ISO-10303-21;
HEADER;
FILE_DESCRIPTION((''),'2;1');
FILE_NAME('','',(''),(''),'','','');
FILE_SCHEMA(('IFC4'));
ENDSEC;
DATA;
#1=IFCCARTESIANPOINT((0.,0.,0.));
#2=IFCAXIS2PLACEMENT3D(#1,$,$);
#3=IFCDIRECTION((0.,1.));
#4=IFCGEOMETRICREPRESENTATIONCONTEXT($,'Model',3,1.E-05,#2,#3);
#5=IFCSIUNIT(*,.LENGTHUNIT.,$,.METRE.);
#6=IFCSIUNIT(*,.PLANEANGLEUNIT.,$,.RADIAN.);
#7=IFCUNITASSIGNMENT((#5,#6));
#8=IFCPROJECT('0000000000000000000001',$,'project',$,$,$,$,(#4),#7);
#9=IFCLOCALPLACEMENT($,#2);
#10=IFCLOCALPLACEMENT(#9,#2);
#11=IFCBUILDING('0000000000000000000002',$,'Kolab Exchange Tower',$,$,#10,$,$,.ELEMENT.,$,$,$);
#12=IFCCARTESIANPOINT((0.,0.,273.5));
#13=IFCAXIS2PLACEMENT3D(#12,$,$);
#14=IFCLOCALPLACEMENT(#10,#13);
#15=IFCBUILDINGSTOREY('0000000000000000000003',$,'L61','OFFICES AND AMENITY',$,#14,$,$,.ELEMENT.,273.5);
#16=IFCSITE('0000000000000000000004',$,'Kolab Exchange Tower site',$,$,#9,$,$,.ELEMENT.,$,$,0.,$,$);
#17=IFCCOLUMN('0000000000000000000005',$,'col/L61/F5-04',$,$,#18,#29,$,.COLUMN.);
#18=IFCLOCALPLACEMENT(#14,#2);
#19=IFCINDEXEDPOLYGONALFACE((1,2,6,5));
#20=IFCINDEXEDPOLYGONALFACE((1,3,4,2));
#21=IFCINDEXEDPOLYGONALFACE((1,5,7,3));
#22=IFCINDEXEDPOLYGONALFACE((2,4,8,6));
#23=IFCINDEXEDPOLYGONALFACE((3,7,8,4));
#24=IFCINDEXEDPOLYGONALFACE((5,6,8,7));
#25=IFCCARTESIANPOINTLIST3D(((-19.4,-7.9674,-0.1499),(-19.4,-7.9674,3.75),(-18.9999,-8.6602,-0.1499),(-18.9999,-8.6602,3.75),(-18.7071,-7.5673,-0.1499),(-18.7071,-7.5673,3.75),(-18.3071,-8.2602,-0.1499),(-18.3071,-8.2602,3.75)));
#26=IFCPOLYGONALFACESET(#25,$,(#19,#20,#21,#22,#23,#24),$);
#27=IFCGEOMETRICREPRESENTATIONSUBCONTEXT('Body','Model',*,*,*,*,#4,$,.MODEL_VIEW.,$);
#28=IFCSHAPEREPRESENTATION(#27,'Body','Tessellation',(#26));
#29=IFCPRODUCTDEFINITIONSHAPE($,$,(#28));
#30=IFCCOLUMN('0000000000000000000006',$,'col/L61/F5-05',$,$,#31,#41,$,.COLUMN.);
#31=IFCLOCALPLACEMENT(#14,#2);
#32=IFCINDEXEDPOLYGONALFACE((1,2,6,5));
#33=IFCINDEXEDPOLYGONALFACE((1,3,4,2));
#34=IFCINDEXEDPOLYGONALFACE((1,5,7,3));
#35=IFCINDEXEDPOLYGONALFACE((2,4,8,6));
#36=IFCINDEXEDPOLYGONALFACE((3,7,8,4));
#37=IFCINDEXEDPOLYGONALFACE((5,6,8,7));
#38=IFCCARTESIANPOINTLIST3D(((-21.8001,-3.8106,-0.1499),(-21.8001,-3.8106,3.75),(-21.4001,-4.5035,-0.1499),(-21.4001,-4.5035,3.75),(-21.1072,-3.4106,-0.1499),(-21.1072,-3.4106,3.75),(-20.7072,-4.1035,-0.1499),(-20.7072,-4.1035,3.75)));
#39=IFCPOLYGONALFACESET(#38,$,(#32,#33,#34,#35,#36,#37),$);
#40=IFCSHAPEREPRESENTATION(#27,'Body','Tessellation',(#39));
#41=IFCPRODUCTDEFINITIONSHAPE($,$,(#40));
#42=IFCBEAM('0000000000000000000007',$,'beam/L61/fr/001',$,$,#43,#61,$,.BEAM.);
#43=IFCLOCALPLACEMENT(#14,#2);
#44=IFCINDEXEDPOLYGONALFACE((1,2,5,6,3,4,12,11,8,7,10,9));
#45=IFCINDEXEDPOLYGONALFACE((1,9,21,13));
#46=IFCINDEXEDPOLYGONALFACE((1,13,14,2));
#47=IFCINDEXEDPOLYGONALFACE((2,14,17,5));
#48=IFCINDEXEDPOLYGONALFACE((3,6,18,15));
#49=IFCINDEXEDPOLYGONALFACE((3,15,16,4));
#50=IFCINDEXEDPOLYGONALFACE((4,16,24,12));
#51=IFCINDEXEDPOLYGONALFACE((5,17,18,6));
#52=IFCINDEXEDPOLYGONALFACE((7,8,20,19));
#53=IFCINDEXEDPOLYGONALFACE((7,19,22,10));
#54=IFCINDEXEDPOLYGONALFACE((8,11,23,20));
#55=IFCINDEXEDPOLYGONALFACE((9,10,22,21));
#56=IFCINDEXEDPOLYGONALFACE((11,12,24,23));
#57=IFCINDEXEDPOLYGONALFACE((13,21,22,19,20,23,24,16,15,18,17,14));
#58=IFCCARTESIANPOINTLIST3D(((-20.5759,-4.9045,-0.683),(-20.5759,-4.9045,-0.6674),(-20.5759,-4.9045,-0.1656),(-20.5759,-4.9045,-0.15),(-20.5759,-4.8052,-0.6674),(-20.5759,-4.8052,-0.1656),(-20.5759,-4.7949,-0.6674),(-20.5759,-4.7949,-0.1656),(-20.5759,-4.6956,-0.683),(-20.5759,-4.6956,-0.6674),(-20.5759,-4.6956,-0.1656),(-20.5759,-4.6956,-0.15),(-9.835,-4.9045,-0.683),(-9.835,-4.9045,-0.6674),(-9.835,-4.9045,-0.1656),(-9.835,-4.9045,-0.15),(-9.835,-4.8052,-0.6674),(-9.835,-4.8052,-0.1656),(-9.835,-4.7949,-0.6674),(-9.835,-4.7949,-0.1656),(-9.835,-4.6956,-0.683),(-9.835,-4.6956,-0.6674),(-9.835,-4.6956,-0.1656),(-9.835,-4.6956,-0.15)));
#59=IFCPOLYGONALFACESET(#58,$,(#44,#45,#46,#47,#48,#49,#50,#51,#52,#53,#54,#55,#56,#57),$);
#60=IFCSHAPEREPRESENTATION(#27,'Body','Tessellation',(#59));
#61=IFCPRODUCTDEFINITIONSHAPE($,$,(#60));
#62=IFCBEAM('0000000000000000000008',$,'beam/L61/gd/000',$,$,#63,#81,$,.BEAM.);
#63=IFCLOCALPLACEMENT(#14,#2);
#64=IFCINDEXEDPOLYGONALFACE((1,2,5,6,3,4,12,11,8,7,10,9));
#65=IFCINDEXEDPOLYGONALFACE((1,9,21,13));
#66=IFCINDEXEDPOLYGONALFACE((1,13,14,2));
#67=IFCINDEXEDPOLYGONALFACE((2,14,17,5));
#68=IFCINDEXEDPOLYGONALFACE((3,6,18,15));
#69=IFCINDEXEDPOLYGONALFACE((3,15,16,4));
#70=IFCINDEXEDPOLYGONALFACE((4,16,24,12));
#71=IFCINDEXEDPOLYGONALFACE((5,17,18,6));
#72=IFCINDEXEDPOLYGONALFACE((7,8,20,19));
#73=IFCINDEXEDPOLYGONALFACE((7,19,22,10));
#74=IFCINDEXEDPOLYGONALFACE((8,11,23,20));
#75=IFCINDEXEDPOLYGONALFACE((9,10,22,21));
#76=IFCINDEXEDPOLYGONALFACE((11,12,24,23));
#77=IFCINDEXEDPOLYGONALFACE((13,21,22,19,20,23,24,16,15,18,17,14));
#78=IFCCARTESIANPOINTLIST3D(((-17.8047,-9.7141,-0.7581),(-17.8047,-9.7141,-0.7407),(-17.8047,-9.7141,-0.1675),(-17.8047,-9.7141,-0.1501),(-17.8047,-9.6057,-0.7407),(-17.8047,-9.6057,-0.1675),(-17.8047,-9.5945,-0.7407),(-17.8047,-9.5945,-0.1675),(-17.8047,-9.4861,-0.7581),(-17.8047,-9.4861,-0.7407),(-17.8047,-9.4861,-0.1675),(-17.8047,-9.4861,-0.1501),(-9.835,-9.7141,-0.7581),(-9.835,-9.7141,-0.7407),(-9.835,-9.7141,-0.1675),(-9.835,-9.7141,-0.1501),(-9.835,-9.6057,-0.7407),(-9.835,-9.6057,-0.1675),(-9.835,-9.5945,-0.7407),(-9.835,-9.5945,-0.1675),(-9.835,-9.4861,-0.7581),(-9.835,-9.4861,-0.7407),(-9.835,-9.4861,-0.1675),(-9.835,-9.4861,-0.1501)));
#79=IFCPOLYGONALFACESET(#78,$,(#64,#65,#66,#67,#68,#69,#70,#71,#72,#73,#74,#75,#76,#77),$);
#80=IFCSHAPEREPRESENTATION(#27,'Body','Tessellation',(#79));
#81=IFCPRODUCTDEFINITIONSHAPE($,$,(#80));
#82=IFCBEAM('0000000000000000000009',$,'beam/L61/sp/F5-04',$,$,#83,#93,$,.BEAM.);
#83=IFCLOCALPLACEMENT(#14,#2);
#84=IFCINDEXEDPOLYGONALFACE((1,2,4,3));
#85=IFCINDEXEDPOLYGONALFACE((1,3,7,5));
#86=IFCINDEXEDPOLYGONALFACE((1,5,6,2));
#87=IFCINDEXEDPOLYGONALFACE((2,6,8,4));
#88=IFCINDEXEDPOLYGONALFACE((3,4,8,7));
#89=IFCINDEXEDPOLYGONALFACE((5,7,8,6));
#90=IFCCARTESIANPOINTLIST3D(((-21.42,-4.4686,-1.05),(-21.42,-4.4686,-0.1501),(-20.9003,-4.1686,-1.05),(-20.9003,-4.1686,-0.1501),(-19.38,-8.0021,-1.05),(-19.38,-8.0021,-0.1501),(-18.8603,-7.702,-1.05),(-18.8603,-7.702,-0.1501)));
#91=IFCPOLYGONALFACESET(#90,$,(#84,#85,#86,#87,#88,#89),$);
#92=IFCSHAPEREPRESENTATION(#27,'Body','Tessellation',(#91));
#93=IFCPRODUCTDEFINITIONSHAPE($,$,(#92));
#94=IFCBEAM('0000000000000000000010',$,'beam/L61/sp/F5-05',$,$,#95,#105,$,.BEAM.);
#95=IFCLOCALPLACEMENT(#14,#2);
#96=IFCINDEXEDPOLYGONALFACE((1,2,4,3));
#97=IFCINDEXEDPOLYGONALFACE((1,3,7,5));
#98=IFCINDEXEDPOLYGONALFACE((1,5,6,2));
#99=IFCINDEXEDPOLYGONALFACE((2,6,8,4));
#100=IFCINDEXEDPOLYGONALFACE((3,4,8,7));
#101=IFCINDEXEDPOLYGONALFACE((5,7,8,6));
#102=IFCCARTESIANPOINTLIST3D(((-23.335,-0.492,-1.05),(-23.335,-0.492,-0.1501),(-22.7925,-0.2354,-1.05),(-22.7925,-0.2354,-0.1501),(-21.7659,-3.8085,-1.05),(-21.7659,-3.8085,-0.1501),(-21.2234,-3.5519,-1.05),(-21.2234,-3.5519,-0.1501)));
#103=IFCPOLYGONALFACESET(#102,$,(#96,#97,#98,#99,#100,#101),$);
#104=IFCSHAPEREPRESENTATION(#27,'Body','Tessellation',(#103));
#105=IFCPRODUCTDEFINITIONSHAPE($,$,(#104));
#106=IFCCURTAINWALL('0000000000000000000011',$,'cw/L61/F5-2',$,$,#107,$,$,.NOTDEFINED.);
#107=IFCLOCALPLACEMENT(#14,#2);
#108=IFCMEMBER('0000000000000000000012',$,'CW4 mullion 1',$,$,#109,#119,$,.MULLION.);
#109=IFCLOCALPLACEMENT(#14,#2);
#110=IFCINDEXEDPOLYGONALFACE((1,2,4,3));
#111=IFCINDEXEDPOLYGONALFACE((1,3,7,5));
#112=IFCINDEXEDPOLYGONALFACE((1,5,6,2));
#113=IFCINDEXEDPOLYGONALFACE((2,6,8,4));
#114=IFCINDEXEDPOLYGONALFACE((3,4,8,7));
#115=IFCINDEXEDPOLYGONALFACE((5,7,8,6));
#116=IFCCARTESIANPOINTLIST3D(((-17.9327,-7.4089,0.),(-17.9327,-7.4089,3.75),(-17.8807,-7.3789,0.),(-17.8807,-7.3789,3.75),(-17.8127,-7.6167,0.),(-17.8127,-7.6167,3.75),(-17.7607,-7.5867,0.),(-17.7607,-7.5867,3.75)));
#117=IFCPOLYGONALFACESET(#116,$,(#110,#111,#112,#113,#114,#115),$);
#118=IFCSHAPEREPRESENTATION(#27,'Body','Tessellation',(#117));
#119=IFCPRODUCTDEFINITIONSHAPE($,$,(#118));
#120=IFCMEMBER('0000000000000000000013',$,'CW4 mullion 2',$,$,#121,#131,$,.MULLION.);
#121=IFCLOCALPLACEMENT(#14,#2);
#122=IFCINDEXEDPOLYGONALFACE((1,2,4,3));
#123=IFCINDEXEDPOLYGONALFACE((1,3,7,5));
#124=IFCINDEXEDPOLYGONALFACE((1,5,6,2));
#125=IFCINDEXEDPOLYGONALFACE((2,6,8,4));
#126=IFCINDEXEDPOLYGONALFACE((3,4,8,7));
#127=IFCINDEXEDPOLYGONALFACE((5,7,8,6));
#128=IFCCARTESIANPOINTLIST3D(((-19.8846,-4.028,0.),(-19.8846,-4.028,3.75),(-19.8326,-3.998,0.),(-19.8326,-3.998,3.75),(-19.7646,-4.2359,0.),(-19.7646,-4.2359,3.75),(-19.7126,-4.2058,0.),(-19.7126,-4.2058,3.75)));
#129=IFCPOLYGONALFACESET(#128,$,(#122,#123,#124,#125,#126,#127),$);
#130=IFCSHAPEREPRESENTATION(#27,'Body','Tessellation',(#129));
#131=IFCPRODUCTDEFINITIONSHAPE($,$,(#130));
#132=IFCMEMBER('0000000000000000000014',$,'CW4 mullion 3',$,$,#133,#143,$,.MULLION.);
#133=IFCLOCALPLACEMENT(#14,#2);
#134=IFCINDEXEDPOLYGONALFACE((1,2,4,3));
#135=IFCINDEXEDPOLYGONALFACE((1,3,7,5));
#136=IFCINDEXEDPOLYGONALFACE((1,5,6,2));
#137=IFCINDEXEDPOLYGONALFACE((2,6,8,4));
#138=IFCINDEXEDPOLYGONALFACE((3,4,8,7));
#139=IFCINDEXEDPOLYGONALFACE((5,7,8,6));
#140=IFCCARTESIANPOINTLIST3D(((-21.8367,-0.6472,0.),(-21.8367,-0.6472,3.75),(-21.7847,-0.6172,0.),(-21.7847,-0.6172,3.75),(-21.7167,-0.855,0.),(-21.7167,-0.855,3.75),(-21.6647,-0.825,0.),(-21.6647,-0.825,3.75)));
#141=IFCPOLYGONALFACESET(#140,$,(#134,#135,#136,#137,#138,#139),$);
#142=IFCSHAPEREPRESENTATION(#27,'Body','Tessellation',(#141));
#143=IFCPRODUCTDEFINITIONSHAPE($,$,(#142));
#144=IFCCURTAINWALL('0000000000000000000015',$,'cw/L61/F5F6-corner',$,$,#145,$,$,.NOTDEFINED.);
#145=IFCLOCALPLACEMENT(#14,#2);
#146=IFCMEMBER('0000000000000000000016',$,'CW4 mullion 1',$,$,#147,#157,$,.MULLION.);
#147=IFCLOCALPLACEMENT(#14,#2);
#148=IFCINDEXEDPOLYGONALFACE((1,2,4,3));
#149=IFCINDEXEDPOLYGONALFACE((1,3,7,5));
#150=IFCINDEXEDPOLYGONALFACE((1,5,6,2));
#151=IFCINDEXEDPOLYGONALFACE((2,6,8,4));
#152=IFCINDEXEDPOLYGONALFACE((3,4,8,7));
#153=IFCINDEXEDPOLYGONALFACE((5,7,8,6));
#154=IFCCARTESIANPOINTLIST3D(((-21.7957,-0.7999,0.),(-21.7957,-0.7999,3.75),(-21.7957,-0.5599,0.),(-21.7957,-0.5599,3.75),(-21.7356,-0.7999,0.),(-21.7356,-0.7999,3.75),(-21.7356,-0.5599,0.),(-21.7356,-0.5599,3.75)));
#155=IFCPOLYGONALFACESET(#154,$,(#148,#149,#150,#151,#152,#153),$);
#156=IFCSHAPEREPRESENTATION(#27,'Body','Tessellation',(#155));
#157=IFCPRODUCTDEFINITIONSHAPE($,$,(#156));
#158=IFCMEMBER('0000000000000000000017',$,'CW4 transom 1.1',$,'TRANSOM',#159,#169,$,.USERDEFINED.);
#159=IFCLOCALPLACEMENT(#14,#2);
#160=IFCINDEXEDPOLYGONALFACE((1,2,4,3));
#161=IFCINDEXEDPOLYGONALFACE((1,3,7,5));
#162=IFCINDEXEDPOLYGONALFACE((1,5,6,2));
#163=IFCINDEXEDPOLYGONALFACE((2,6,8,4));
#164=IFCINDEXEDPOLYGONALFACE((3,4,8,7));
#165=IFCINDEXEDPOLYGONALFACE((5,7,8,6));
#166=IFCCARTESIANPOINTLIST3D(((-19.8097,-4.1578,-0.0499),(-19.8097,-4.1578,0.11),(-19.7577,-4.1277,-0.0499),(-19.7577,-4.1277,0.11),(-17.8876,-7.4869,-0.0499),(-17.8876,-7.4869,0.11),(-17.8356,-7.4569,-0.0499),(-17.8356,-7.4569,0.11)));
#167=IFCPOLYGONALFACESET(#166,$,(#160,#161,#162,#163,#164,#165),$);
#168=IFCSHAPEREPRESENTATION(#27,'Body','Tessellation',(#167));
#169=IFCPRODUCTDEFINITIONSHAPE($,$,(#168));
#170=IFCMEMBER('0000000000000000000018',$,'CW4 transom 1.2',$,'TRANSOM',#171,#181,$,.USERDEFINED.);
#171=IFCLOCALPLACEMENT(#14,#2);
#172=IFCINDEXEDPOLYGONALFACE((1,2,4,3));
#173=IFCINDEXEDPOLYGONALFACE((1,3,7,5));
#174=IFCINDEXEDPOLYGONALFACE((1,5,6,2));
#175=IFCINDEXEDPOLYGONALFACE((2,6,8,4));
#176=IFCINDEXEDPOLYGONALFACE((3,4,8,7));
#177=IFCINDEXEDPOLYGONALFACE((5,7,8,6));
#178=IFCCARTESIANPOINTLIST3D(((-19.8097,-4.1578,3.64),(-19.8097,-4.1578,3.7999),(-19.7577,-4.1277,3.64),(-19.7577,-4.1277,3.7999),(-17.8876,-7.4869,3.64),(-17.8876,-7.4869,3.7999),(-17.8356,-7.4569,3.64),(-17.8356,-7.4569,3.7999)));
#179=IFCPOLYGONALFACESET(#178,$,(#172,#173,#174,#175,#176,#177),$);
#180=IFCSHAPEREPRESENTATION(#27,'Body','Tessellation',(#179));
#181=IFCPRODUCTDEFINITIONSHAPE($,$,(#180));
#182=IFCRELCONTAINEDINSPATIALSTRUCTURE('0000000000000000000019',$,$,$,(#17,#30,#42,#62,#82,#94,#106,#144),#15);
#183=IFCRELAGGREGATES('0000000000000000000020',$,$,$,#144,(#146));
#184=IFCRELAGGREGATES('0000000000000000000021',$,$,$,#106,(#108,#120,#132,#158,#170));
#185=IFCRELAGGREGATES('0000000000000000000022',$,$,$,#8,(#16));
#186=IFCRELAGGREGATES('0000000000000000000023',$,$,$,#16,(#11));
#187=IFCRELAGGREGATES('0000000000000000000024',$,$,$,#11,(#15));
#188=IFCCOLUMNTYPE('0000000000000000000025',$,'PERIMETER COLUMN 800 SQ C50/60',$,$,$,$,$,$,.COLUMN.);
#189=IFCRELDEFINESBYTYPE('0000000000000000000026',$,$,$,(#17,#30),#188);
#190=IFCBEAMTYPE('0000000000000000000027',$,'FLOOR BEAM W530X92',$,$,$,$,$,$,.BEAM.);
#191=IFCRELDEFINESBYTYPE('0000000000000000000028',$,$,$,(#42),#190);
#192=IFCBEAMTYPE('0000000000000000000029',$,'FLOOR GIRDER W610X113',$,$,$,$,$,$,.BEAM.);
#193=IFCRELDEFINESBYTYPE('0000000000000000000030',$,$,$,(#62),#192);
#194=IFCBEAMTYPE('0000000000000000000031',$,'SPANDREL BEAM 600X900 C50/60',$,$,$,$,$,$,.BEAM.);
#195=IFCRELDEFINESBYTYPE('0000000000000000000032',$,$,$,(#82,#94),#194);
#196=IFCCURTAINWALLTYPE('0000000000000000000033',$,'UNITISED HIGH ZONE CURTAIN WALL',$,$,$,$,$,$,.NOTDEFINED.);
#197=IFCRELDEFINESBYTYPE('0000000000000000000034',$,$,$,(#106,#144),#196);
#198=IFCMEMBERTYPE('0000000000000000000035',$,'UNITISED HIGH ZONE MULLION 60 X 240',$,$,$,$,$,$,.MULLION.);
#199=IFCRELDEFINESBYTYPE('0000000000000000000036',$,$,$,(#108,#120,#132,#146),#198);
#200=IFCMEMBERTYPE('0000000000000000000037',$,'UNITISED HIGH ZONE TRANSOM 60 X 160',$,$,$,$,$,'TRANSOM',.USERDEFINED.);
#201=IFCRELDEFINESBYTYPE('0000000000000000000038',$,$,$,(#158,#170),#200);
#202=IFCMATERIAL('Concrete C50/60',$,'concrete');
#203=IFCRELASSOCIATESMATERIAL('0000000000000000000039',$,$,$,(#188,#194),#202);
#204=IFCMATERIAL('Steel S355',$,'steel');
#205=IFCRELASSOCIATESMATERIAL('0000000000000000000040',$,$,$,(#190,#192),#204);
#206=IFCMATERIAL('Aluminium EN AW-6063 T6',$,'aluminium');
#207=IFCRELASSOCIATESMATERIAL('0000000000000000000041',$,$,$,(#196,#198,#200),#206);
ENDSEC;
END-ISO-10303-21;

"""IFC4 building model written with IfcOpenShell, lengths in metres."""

from ifc_helpers import new_model, si_unit, direction, frame, origin, origin_2d, place, context, subcontext, project, spatial, rectangle, i_section, extrude, material, material_profile, profile_set, type_object, element, aggregate, save


model = new_model("IFC4")

# Units and contexts
model_context = context("Model", 3, precision=1e-05, world=origin(), true_north=direction((0.0, 1.0)))
body_context = subcontext(model_context, "Body", "Model", "MODEL_VIEW")
ifc_project = project(units=[si_unit("LENGTHUNIT", "METRE"), si_unit("PLANEANGLEUNIT", "RADIAN")], contexts=[model_context])

# Site, building, storey
site_placement = place(None, origin())
site = spatial("IfcSite", under=ifc_project, at=site_placement, Name="Kolab Exchange Tower site", CompositionType="ELEMENT", RefElevation=0.0)
building_placement = place(site_placement, origin())
building = spatial("IfcBuilding", under=site, at=building_placement, Name="Kolab Exchange Tower", CompositionType="ELEMENT")
storey_placement = place(building_placement, frame((0.0, 0.0, 273.5)))
storey = spatial("IfcBuildingStorey", under=building, at=storey_placement, Name="L61", Description="OFFICES AND AMENITY", CompositionType="ELEMENT", Elevation=273.5)

# Columns
ifc_material_1 = material(Name="Concrete C50/60", Category="concrete")
ifc_material_profile_1 = material_profile(ifc_material_1, rectangle(XDim=0.8, YDim=0.8, at=origin_2d()), Name="RC800")
ifc_profile_set_1 = profile_set([ifc_material_profile_1], Name="Concrete C50/60")
column_type = type_object("IfcColumnType", Name="PERIMETER COLUMN 800 SQ C50/60", PredefinedType="COLUMN", material=ifc_profile_set_1)
for number, where, z_axis, x_axis, name in (
    (1, (-18.8535, -8.1138, -0.1499), (0.0, 0.0, 1.0), (0.866025, 0.5, 0.0), "col/L61/F5-04"),
    (2, (-21.2537, -3.957, -0.1499), (0.0, 0.0, 1.0), (0.866025, 0.5, 0.0), "col/L61/F5-05"),
):
    element("IfcColumn", number, at=place(storey_placement, frame(where, z_axis=z_axis, x_axis=x_axis)), inside=storey, type_object=column_type, Name=name, PredefinedType="COLUMN", context=body_context, shape_type="SweptSolid", body=[
        extrude(rectangle(XDim=0.8, YDim=0.8, at=origin_2d()), origin(), (0.0, 0.0, 1.0), 3.8999),
    ])

# Beams
ifc_material_2 = material(Name="Steel S355", Category="steel")
ifc_material_profile_2 = material_profile(ifc_material_2, i_section(OverallWidth=0.209, OverallDepth=0.533, WebThickness=0.0103, FlangeThickness=0.0156, at=origin_2d()), Name="W530X92")
ifc_profile_set_2 = profile_set([ifc_material_profile_2], Name="Steel S355")
beam_type_1 = type_object("IfcBeamType", Name="FLOOR BEAM W530X92", PredefinedType="BEAM", material=ifc_profile_set_2)
beam_1_placement = place(storey_placement, frame((-20.5759, -4.8, -0.4165), z_axis=(1.0, 0.0, 0.0), x_axis=(0.0, 1.0, 0.0)))
element("IfcBeam", 3, at=beam_1_placement, inside=storey, type_object=beam_type_1, Name="beam/L61/fr/001", PredefinedType="BEAM", context=body_context, shape_type="SweptSolid", body=[
    extrude(i_section(OverallWidth=0.209, OverallDepth=0.533, WebThickness=0.0103, FlangeThickness=0.0156, at=origin_2d()), origin(), (0.0, 0.0, 1.0), 10.741),
])
ifc_material_profile_3 = material_profile(ifc_material_2, i_section(OverallWidth=0.228, OverallDepth=0.6079, WebThickness=0.0112, FlangeThickness=0.0173, at=origin_2d()), Name="W610X113")
ifc_profile_set_3 = profile_set([ifc_material_profile_3], Name="Steel S355")
beam_type_2 = type_object("IfcBeamType", Name="FLOOR GIRDER W610X113", PredefinedType="BEAM", material=ifc_profile_set_3)
beam_2_placement = place(storey_placement, frame((-17.8047, -9.6001, -0.4541), z_axis=(1.0, 0.0, 0.0), x_axis=(0.0, 1.0, 0.0)))
element("IfcBeam", 4, at=beam_2_placement, inside=storey, type_object=beam_type_2, Name="beam/L61/gd/000", PredefinedType="BEAM", context=body_context, shape_type="SweptSolid", body=[
    extrude(i_section(OverallWidth=0.228, OverallDepth=0.6079, WebThickness=0.0112, FlangeThickness=0.0173, at=origin_2d()), origin(), (0.0, 0.0, 1.0), 7.9697),
])
ifc_material_profile_4 = material_profile(ifc_material_1, rectangle(XDim=0.6001, YDim=0.8999, at=origin_2d()), Name="RC600X900")
ifc_profile_set_4 = profile_set([ifc_material_profile_4], Name="Concrete C50/60")
beam_type_3 = type_object("IfcBeamType", Name="SPANDREL BEAM 600X900 C50/60", PredefinedType="BEAM", material=ifc_profile_set_4)
beam_3_placement = place(storey_placement, frame((-19.1201, -7.8521, -0.6001), z_axis=(-0.5, 0.866025, 0.0), x_axis=(-0.866025, -0.5, 0.0)))
element("IfcBeam", 5, at=beam_3_placement, inside=storey, type_object=beam_type_3, Name="beam/L61/sp/F5-04", PredefinedType="BEAM", context=body_context, shape_type="SweptSolid", body=[
    extrude(rectangle(XDim=0.6001, YDim=0.8999, at=origin_2d()), origin(), (0.0, 0.0, 1.0), 4.0801),
])
beam_4_placement = place(storey_placement, frame((-21.4946, -3.6802, -0.6001), z_axis=(-0.427677, 0.903932, 0.0), x_axis=(-0.903932, -0.427677, 0.0)))
element("IfcBeam", 6, at=beam_4_placement, inside=storey, type_object=beam_type_3, Name="beam/L61/sp/F5-05", PredefinedType="BEAM", context=body_context, shape_type="SweptSolid", body=[
    extrude(rectangle(XDim=0.6001, YDim=0.8999, at=origin_2d()), origin(), (0.0, 0.0, 1.0), 3.6689),
])

# Curtain wall, members
ifc_material_3 = material(Name="Aluminium EN AW-6063 T6", Category="aluminium")
curtain_wall_type = type_object("IfcCurtainWallType", Name="UNITISED HIGH ZONE CURTAIN WALL", PredefinedType="NOTDEFINED", material=ifc_material_3)
curtain_wall_1_placement = place(storey_placement, origin())
curtain_wall_1 = element("IfcCurtainWall", 7, at=curtain_wall_1_placement, inside=storey, type_object=curtain_wall_type, Name="cw/L61/F5-2", PredefinedType="NOTDEFINED")
ifc_material_profile_5 = material_profile(ifc_material_3, rectangle(XDim=0.0601, YDim=0.24, at=origin_2d()), Name="RECT 60X240")
ifc_profile_set_5 = profile_set([ifc_material_profile_5], Name="Aluminium EN AW-6063 T6")
member_type_1 = type_object("IfcMemberType", Name="UNITISED HIGH ZONE MULLION 60 X 240", PredefinedType="MULLION", material=ifc_profile_set_5)
member_1_placement = place(storey_placement, frame((-17.8467, -7.4978, 0.0), z_axis=(0.0, 0.0, 1.0), x_axis=(-0.866025, -0.5, 0.0)))
member_1 = element("IfcMember", 8, at=member_1_placement, type_object=member_type_1, Name="CW4 mullion 1", PredefinedType="MULLION", context=body_context, shape_type="SweptSolid", body=[
    extrude(rectangle(XDim=0.0601, YDim=0.24, at=origin_2d()), origin(), (0.0, 0.0, 1.0), 3.75),
])
member_2_placement = place(storey_placement, frame((-19.7986, -4.1169, 0.0), z_axis=(0.0, 0.0, 1.0), x_axis=(-0.866025, -0.5, 0.0)))
member_2 = element("IfcMember", 9, at=member_2_placement, type_object=member_type_1, Name="CW4 mullion 2", PredefinedType="MULLION", context=body_context, shape_type="SweptSolid", body=[
    extrude(rectangle(XDim=0.0601, YDim=0.24, at=origin_2d()), origin(), (0.0, 0.0, 1.0), 3.75),
])
member_3_placement = place(storey_placement, frame((-21.7507, -0.7361, 0.0), z_axis=(0.0, 0.0, 1.0), x_axis=(-0.866025, -0.5, 0.0)))
member_3 = element("IfcMember", 10, at=member_3_placement, type_object=member_type_1, Name="CW4 mullion 3", PredefinedType="MULLION", context=body_context, shape_type="SweptSolid", body=[
    extrude(rectangle(XDim=0.0601, YDim=0.24, at=origin_2d()), origin(), (0.0, 0.0, 1.0), 3.75),
])

# Curtain wall, member
curtain_wall_2_placement = place(storey_placement, origin())
curtain_wall_2 = element("IfcCurtainWall", 11, at=curtain_wall_2_placement, inside=storey, type_object=curtain_wall_type, Name="cw/L61/F5F6-corner", PredefinedType="NOTDEFINED")
member_4_placement = place(storey_placement, frame((-21.7656, -0.6799, 0.0), z_axis=(0.0, 0.0, 1.0), x_axis=(-1.0, 0.0, 0.0)))
member_4 = element("IfcMember", 12, at=member_4_placement, type_object=member_type_1, Name="CW4 mullion 1", PredefinedType="MULLION", context=body_context, shape_type="SweptSolid", body=[
    extrude(rectangle(XDim=0.0601, YDim=0.24, at=origin_2d()), origin(), (0.0, 0.0, 1.0), 3.75),
])

# Members
ifc_material_profile_6 = material_profile(ifc_material_3, rectangle(XDim=0.0601, YDim=0.1599, at=origin_2d()), Name="RECT 60X160")
ifc_profile_set_6 = profile_set([ifc_material_profile_6], Name="Aluminium EN AW-6063 T6")
member_type_2 = type_object("IfcMemberType", Name="UNITISED HIGH ZONE TRANSOM 60 X 160", ElementType="TRANSOM", PredefinedType="USERDEFINED", material=ifc_profile_set_6)
member_5_placement = place(storey_placement, frame((-17.8616, -7.4719, 0.03), z_axis=(-0.500012, 0.866018, 0.0), x_axis=(-0.866018, -0.500012, 0.0)))
member_5 = element("IfcMember", 13, at=member_5_placement, type_object=member_type_2, Name="CW4 transom 1.1", ObjectType="TRANSOM", PredefinedType="USERDEFINED", context=body_context, shape_type="SweptSolid", body=[
    extrude(rectangle(XDim=0.0601, YDim=0.1599, at=origin_2d()), origin(), (0.0, 0.0, 1.0), 3.8442),
])
member_6_placement = place(storey_placement, frame((-17.8616, -7.4719, 3.72), z_axis=(-0.500012, 0.866018, 0.0), x_axis=(-0.866018, -0.500012, 0.0)))
member_6 = element("IfcMember", 14, at=member_6_placement, type_object=member_type_2, Name="CW4 transom 1.2", ObjectType="TRANSOM", PredefinedType="USERDEFINED", context=body_context, shape_type="SweptSolid", body=[
    extrude(rectangle(XDim=0.0601, YDim=0.1599, at=origin_2d()), origin(), (0.0, 0.0, 1.0), 3.8442),
])
aggregate(curtain_wall_2, [member_4])

aggregate(curtain_wall_1, [member_1, member_2, member_3, member_5, member_6])

save(model, "model.ifc")
